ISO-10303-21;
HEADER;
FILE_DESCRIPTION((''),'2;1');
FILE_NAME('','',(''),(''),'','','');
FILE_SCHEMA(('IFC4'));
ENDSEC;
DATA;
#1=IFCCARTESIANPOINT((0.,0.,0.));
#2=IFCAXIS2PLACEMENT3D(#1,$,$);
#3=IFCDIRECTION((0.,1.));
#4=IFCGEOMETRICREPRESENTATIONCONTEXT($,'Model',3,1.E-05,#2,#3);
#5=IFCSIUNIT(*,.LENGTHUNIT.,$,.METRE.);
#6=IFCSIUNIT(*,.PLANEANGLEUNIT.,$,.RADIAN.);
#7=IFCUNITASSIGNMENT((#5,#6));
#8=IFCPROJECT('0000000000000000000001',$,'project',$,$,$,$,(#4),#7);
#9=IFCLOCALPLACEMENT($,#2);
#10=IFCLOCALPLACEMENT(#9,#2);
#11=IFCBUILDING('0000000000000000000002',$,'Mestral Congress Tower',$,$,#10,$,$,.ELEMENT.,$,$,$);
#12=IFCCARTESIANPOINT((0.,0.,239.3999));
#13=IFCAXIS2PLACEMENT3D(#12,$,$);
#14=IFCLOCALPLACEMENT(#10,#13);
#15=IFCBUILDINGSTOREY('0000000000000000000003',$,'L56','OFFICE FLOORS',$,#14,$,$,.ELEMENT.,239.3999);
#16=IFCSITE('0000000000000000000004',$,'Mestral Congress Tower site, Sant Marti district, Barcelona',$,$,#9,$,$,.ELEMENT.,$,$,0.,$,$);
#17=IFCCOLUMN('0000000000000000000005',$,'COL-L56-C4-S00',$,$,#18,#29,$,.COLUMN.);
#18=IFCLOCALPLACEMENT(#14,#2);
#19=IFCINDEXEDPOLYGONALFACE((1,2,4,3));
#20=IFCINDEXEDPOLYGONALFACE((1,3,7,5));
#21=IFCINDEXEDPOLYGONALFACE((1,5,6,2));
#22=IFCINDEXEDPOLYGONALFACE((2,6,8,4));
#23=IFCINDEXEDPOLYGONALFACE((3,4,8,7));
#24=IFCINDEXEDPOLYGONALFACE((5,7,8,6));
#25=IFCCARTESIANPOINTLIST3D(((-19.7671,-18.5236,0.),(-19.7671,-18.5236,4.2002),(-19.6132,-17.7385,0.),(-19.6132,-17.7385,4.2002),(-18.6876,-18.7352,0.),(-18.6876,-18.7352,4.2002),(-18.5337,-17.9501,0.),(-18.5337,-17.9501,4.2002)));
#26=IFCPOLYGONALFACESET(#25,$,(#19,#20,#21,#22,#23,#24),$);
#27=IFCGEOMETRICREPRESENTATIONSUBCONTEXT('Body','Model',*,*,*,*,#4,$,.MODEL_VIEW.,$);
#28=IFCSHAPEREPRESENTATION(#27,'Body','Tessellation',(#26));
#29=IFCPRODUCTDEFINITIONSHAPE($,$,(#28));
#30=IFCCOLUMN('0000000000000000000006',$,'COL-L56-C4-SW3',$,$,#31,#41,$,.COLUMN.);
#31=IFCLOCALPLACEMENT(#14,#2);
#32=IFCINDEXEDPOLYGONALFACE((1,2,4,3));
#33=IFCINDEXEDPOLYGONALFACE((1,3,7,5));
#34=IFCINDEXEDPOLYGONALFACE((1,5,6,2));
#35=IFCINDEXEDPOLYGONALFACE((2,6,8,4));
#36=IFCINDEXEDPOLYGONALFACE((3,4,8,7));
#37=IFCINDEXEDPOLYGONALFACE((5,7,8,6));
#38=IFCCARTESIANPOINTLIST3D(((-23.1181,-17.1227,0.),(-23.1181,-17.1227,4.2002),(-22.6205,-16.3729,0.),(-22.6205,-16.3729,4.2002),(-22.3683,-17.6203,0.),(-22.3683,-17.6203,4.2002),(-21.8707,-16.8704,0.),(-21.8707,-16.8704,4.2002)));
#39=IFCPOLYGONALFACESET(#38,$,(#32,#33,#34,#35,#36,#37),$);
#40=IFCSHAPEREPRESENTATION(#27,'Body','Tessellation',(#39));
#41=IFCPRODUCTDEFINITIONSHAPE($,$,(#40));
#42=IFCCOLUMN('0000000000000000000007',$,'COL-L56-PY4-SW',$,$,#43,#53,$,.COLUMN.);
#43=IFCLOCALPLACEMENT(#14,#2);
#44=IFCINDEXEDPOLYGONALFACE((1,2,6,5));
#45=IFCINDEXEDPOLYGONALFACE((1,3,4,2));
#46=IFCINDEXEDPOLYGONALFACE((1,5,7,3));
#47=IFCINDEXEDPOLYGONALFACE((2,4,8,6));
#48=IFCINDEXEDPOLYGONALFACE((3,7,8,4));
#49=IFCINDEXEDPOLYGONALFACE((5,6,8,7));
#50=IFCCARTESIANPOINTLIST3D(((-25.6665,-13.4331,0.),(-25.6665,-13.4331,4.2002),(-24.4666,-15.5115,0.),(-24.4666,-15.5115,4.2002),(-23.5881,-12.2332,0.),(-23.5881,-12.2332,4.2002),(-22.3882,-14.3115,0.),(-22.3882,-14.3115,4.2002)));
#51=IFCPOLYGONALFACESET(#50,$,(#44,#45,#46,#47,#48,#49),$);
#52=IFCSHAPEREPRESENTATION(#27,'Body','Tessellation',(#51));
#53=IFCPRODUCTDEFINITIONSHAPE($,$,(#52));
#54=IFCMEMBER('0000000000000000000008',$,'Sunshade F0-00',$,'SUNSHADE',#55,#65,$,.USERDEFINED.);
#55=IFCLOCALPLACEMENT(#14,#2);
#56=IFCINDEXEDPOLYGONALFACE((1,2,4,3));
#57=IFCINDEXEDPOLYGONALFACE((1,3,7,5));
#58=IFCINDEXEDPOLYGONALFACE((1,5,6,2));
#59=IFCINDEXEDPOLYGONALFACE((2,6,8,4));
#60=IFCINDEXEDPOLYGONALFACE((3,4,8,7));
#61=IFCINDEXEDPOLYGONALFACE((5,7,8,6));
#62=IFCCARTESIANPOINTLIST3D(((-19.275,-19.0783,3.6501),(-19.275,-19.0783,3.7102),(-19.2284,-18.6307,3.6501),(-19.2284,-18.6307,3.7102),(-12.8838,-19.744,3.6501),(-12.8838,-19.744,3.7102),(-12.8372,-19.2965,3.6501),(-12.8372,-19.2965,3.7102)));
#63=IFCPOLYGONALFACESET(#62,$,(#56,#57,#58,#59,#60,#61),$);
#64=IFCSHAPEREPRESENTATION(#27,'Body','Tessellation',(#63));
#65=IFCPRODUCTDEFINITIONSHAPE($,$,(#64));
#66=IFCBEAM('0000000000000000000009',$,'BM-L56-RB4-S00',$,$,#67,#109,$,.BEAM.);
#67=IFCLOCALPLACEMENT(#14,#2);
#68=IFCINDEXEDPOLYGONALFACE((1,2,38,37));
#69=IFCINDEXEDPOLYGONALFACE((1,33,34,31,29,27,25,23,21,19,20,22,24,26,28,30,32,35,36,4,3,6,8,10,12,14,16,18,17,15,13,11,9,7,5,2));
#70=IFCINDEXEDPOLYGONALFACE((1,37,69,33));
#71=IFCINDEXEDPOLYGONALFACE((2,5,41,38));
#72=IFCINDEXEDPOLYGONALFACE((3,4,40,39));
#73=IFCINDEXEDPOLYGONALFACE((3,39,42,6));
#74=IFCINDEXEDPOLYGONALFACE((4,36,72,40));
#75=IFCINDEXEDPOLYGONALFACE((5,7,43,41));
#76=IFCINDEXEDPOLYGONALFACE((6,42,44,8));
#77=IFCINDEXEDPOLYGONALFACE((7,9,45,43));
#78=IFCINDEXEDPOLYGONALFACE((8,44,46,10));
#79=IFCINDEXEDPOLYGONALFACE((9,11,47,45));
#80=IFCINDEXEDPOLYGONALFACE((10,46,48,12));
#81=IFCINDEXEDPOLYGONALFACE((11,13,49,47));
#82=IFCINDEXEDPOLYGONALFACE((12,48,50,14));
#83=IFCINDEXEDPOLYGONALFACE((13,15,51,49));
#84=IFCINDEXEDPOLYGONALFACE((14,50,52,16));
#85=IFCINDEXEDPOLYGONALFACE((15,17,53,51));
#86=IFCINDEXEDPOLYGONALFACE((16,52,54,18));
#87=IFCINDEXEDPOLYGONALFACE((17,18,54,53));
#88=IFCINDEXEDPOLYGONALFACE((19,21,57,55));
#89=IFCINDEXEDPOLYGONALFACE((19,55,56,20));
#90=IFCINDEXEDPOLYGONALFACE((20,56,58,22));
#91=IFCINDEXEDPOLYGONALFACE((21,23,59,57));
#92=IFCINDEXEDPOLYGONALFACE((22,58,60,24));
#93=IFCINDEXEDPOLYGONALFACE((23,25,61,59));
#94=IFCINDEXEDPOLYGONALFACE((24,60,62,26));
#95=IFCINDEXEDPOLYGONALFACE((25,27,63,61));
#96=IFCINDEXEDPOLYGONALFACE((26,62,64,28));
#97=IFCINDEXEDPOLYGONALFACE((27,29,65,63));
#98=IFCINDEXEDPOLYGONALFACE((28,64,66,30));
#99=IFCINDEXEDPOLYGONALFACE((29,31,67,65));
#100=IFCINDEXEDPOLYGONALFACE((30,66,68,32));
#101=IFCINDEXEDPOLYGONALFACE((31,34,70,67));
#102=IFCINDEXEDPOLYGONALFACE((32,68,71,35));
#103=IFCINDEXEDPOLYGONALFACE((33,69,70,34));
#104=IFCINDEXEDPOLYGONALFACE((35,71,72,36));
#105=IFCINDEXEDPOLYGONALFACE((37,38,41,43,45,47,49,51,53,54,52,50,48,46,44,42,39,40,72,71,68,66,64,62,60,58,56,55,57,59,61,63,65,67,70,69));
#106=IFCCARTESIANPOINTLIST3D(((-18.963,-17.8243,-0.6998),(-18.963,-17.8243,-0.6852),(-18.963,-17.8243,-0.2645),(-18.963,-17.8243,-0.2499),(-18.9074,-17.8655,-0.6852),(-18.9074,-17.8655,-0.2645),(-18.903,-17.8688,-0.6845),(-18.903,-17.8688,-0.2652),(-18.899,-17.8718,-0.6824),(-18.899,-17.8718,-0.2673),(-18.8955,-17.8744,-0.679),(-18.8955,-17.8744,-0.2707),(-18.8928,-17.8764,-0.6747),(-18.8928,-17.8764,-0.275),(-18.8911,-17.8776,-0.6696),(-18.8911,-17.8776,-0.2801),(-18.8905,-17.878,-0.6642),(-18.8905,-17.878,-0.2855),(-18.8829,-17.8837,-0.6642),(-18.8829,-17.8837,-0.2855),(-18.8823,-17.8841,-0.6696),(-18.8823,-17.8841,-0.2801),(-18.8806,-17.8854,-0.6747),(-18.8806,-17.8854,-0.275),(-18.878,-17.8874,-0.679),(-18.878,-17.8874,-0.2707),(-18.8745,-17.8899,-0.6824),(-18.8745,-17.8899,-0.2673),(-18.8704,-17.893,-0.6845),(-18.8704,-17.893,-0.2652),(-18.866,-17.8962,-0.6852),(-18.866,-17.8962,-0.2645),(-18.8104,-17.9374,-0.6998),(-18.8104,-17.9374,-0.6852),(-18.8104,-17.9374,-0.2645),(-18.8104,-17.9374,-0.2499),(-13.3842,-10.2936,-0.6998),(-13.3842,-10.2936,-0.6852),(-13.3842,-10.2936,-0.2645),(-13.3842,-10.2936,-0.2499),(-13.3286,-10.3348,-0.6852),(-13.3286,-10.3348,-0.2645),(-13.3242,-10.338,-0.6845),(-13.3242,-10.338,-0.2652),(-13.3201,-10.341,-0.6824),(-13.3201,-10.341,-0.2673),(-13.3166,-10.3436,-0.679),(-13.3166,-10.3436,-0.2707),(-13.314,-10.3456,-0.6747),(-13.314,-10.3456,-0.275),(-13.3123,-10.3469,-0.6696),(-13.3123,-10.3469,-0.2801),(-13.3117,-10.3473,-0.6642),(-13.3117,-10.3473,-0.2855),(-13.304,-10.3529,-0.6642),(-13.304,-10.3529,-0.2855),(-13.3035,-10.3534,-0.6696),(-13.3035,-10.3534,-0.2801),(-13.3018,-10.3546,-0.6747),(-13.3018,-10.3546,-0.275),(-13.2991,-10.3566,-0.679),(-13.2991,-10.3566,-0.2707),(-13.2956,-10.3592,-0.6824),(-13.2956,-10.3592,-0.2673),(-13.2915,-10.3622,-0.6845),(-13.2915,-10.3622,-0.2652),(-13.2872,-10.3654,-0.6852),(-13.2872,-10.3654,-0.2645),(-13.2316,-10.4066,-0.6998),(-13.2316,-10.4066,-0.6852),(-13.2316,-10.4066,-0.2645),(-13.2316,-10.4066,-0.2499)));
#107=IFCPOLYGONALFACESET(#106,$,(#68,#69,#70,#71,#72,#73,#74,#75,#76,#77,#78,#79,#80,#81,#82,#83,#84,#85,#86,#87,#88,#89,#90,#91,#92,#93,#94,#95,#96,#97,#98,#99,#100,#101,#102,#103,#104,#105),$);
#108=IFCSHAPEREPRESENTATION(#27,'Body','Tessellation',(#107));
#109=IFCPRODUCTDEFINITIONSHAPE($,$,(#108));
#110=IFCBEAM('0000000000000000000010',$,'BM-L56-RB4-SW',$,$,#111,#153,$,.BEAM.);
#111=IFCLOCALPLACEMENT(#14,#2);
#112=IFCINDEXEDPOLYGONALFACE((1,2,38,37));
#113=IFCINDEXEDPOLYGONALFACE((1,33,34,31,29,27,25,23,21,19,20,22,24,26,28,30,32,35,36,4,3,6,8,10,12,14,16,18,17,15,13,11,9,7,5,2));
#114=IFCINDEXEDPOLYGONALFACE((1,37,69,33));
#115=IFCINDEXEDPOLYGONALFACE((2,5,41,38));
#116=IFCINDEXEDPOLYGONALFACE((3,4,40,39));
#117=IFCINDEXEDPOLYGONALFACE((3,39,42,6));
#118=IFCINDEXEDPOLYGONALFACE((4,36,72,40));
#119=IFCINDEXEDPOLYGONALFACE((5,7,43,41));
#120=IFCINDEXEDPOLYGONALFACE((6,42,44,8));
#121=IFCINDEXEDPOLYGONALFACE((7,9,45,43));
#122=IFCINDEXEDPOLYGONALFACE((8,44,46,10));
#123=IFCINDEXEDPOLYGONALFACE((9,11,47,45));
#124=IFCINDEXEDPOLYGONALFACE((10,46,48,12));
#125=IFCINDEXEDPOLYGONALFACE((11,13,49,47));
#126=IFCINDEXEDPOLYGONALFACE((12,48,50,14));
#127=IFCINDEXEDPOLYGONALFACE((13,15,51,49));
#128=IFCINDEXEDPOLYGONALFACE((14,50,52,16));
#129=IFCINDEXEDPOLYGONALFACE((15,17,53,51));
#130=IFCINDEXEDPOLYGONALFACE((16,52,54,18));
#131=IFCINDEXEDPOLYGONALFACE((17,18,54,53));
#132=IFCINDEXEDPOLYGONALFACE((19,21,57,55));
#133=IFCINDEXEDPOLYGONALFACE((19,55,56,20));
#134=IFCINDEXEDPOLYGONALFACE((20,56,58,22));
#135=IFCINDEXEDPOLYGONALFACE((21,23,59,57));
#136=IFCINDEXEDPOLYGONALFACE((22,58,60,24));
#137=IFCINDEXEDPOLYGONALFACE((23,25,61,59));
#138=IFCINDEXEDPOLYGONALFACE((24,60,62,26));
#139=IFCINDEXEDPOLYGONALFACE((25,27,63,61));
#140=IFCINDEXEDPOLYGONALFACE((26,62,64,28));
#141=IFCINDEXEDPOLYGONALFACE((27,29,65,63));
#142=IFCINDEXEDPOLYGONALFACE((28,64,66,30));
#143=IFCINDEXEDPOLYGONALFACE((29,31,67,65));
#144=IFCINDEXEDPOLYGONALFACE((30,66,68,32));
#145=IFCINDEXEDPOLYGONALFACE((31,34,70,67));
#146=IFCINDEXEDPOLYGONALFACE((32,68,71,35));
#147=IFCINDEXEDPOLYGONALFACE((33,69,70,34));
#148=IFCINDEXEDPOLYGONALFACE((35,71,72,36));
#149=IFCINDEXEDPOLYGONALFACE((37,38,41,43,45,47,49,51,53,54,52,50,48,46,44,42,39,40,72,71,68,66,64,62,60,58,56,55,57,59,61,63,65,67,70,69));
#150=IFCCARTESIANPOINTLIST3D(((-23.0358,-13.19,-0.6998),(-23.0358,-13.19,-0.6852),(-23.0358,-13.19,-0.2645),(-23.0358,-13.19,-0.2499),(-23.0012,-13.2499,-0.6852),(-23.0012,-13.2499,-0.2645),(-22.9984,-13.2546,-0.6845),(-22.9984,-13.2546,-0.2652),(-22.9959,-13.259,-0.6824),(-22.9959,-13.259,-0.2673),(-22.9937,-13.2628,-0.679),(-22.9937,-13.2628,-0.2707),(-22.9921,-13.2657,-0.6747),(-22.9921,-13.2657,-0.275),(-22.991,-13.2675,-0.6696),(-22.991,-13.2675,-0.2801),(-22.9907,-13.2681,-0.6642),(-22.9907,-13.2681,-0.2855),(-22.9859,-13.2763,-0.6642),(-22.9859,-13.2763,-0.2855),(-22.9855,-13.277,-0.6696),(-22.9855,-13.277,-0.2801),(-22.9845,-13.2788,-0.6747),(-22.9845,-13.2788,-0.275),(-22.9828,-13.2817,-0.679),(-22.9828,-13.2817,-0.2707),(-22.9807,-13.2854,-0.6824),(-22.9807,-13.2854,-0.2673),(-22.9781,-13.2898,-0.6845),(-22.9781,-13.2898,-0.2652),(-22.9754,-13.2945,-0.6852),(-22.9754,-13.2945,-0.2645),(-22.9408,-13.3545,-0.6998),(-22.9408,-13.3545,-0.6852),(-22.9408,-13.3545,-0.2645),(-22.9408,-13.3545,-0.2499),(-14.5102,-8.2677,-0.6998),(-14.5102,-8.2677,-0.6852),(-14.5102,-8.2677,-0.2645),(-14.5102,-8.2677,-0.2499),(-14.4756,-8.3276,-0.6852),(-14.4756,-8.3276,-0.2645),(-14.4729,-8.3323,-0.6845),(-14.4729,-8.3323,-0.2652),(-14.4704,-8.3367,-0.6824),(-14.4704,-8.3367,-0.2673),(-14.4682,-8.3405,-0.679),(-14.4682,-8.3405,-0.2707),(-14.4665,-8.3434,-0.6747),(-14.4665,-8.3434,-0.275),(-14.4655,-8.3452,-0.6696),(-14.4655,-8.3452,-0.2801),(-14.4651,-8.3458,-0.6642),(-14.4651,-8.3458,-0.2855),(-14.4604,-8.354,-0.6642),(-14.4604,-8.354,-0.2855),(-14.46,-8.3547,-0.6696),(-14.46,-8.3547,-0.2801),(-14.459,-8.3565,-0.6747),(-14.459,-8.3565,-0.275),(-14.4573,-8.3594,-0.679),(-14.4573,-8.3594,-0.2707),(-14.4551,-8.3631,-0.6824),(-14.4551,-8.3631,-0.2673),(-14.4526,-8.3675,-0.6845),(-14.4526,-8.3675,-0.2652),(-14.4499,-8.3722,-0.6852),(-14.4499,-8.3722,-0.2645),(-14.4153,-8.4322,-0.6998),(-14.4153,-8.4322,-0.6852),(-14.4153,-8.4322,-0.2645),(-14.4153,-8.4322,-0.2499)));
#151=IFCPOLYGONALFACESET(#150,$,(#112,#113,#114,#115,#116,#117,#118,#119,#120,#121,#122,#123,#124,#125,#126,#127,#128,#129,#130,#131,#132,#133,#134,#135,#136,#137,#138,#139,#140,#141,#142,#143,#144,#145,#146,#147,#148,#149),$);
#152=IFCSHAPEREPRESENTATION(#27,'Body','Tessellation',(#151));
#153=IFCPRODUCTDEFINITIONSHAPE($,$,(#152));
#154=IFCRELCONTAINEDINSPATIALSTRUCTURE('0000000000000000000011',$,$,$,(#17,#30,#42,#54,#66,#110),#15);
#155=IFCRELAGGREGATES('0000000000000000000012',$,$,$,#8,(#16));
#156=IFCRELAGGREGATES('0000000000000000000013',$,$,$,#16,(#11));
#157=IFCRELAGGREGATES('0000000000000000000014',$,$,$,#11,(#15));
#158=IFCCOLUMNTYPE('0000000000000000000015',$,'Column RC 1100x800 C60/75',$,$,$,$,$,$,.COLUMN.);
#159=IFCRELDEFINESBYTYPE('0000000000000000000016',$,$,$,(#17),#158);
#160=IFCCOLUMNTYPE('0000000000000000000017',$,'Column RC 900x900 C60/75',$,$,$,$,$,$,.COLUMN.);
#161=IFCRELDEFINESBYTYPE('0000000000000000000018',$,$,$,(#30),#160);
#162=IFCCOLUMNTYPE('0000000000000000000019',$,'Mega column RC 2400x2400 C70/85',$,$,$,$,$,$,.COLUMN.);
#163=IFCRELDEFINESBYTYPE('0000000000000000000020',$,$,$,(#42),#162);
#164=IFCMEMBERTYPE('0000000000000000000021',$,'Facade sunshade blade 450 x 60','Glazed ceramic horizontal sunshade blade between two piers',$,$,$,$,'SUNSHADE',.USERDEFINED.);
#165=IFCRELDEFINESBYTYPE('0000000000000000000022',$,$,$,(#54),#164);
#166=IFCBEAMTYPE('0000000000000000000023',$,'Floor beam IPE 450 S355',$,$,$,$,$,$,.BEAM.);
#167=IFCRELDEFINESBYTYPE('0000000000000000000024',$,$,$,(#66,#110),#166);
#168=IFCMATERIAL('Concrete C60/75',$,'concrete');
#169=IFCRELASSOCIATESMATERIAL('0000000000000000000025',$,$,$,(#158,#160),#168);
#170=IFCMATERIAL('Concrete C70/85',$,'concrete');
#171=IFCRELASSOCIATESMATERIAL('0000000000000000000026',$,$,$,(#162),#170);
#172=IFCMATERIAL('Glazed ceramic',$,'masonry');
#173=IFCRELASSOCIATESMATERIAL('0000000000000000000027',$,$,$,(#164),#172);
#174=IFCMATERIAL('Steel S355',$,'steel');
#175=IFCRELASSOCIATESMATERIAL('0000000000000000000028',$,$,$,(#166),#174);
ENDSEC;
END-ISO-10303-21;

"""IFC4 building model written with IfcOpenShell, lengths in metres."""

from ifc_helpers import new_model, si_unit, direction, frame, origin, origin_2d, place, context, subcontext, project, spatial, rectangle, i_section, extrude, material, material_profile, profile_set, type_object, element, save


model = new_model("IFC4")

# Units and contexts
model_context = context("Model", 3, precision=1e-05, world=origin(), true_north=direction((0.0, 1.0)))
body_context = subcontext(model_context, "Body", "Model", "MODEL_VIEW")
ifc_project = project(units=[si_unit("LENGTHUNIT", "METRE"), si_unit("PLANEANGLEUNIT", "RADIAN")], contexts=[model_context])

# Site, building, storey
site_placement = place(None, origin())
site = spatial("IfcSite", under=ifc_project, at=site_placement, Name="Mestral Congress Tower site, Sant Marti district, Barcelona", CompositionType="ELEMENT", RefElevation=0.0)
building_placement = place(site_placement, origin())
building = spatial("IfcBuilding", under=site, at=building_placement, Name="Mestral Congress Tower", CompositionType="ELEMENT")
storey_placement = place(building_placement, frame((0.0, 0.0, 239.3999)))
storey = spatial("IfcBuildingStorey", under=building, at=storey_placement, Name="L56", Description="OFFICE FLOORS", CompositionType="ELEMENT", Elevation=239.3999)

# Columns
ifc_material_1 = material(Name="Concrete C60/75", Category="concrete")
ifc_material_profile_1 = material_profile(ifc_material_1, rectangle(XDim=1.1001, YDim=0.8, at=origin_2d()), Name="RC 1100x800")
ifc_profile_set_1 = profile_set([ifc_material_profile_1], Name="Concrete C60/75")
column_type_1 = type_object("IfcColumnType", Name="Column RC 1100x800 C60/75", PredefinedType="COLUMN", material=ifc_profile_set_1)
column_1_placement = place(storey_placement, frame((-19.1504, -18.2368, 0.0), z_axis=(0.0, 0.0, 1.0), x_axis=(0.981325, -0.192359, 0.0)))
element("IfcColumn", 1, at=column_1_placement, inside=storey, type_object=column_type_1, Name="COL-L56-C4-S00", PredefinedType="COLUMN", context=body_context, shape_type="SweptSolid", body=[
    extrude(rectangle(XDim=1.1001, YDim=0.8, at=origin_2d()), origin(), (0.0, 0.0, 1.0), 4.2002),
])
ifc_material_profile_2 = material_profile(ifc_material_1, rectangle(XDim=0.8999, YDim=0.8999, at=origin_2d()), Name="RC 900x900")
ifc_profile_set_2 = profile_set([ifc_material_profile_2], Name="Concrete C60/75")
column_type_2 = type_object("IfcColumnType", Name="Column RC 900x900 C60/75", PredefinedType="COLUMN", material=ifc_profile_set_2)
column_2_placement = place(storey_placement, frame((-22.4944, -16.9966, 0.0), z_axis=(0.0, 0.0, 1.0), x_axis=(0.833239, -0.552913, 0.0)))
element("IfcColumn", 2, at=column_2_placement, inside=storey, type_object=column_type_2, Name="COL-L56-C4-SW3", PredefinedType="COLUMN", context=body_context, shape_type="SweptSolid", body=[
    extrude(rectangle(XDim=0.8999, YDim=0.8999, at=origin_2d()), origin(), (0.0, 0.0, 1.0), 4.2002),
])
ifc_material_2 = material(Name="Concrete C70/85", Category="concrete")
ifc_material_profile_3 = material_profile(ifc_material_2, rectangle(XDim=2.3999, YDim=2.3999, at=origin_2d()), Name="RC 2400x2400")
ifc_profile_set_3 = profile_set([ifc_material_profile_3], Name="Concrete C70/85")
column_type_3 = type_object("IfcColumnType", Name="Mega column RC 2400x2400 C70/85", PredefinedType="COLUMN", material=ifc_profile_set_3)
column_3_placement = place(storey_placement, frame((-24.0273, -13.8723, 0.0), z_axis=(0.0, 0.0, 1.0), x_axis=(-0.866025, -0.5, 0.0)))
element("IfcColumn", 3, at=column_3_placement, inside=storey, type_object=column_type_3, Name="COL-L56-PY4-SW", PredefinedType="COLUMN", context=body_context, shape_type="SweptSolid", body=[
    extrude(rectangle(XDim=2.3999, YDim=2.3999, at=origin_2d()), origin(), (0.0, 0.0, 1.0), 4.2002),
])

# Member
ifc_material_3 = material(Name="Glazed ceramic", Category="masonry")
ifc_material_profile_4 = material_profile(ifc_material_3, rectangle(XDim=0.45, YDim=0.0601, at=origin_2d()), Name="Ceramic blade 450 x 60")
ifc_profile_set_4 = profile_set([ifc_material_profile_4], Name="Glazed ceramic")
member_type = type_object("IfcMemberType", Name="Facade sunshade blade 450 x 60", Description="Glazed ceramic horizontal sunshade blade between two piers", ElementType="SUNSHADE", PredefinedType="USERDEFINED", material=ifc_profile_set_4)
member_placement = place(storey_placement, frame((-19.2517, -18.8545, 3.6802), z_axis=(0.994618, -0.103611, 0.0), x_axis=(0.103611, 0.994618, 0.0)))
element("IfcMember", 4, at=member_placement, inside=storey, type_object=member_type, Name="Sunshade F0-00", ObjectType="SUNSHADE", PredefinedType="USERDEFINED", context=body_context, shape_type="SweptSolid", body=[
    extrude(rectangle(XDim=0.45, YDim=0.0601, at=origin_2d()), origin(), (0.0, 0.0, 1.0), 6.4258),
])

# Beams
ifc_material_4 = material(Name="Steel S355", Category="steel")
ifc_material_profile_5 = material_profile(ifc_material_4, i_section(OverallWidth=0.1899, OverallDepth=0.45, WebThickness=0.0095, FlangeThickness=0.0146, FilletRadius=0.021, at=origin_2d()), Name="IPE 450")
ifc_profile_set_5 = profile_set([ifc_material_profile_5], Name="Steel S355")
beam_type_1 = type_object("IfcBeamType", Name="Floor beam IPE 450 S355", PredefinedType="BEAM", material=ifc_profile_set_5)
beam_1_placement = place(storey_placement, frame((-18.8867, -17.8809, -0.4749), z_axis=(0.595263, 0.803531, 0.0), x_axis=(-0.803531, 0.595263, 0.0)))
element("IfcBeam", 5, at=beam_1_placement, inside=storey, type_object=beam_type_1, Name="BM-L56-RB4-S00", PredefinedType="BEAM", context=body_context, shape_type="SweptSolid", body=[
    extrude(i_section(OverallWidth=0.1899, OverallDepth=0.45, WebThickness=0.0095, FlangeThickness=0.0146, FilletRadius=0.021, at=origin_2d()), origin(), (0.0, 0.0, 1.0), 9.3721),
])
beam_2_placement = place(storey_placement, frame((-22.9883, -13.2722, -0.4749), z_axis=(0.866022, 0.500007, 0.0), x_axis=(-0.500007, 0.866022, 0.0)))
element("IfcBeam", 6, at=beam_2_placement, inside=storey, type_object=beam_type_1, Name="BM-L56-RB4-SW", PredefinedType="BEAM", context=body_context, shape_type="SweptSolid", body=[
    extrude(i_section(OverallWidth=0.1899, OverallDepth=0.45, WebThickness=0.0095, FlangeThickness=0.0146, FilletRadius=0.021, at=origin_2d()), origin(), (0.0, 0.0, 1.0), 9.8445),
])

save(model, "model.ifc")
